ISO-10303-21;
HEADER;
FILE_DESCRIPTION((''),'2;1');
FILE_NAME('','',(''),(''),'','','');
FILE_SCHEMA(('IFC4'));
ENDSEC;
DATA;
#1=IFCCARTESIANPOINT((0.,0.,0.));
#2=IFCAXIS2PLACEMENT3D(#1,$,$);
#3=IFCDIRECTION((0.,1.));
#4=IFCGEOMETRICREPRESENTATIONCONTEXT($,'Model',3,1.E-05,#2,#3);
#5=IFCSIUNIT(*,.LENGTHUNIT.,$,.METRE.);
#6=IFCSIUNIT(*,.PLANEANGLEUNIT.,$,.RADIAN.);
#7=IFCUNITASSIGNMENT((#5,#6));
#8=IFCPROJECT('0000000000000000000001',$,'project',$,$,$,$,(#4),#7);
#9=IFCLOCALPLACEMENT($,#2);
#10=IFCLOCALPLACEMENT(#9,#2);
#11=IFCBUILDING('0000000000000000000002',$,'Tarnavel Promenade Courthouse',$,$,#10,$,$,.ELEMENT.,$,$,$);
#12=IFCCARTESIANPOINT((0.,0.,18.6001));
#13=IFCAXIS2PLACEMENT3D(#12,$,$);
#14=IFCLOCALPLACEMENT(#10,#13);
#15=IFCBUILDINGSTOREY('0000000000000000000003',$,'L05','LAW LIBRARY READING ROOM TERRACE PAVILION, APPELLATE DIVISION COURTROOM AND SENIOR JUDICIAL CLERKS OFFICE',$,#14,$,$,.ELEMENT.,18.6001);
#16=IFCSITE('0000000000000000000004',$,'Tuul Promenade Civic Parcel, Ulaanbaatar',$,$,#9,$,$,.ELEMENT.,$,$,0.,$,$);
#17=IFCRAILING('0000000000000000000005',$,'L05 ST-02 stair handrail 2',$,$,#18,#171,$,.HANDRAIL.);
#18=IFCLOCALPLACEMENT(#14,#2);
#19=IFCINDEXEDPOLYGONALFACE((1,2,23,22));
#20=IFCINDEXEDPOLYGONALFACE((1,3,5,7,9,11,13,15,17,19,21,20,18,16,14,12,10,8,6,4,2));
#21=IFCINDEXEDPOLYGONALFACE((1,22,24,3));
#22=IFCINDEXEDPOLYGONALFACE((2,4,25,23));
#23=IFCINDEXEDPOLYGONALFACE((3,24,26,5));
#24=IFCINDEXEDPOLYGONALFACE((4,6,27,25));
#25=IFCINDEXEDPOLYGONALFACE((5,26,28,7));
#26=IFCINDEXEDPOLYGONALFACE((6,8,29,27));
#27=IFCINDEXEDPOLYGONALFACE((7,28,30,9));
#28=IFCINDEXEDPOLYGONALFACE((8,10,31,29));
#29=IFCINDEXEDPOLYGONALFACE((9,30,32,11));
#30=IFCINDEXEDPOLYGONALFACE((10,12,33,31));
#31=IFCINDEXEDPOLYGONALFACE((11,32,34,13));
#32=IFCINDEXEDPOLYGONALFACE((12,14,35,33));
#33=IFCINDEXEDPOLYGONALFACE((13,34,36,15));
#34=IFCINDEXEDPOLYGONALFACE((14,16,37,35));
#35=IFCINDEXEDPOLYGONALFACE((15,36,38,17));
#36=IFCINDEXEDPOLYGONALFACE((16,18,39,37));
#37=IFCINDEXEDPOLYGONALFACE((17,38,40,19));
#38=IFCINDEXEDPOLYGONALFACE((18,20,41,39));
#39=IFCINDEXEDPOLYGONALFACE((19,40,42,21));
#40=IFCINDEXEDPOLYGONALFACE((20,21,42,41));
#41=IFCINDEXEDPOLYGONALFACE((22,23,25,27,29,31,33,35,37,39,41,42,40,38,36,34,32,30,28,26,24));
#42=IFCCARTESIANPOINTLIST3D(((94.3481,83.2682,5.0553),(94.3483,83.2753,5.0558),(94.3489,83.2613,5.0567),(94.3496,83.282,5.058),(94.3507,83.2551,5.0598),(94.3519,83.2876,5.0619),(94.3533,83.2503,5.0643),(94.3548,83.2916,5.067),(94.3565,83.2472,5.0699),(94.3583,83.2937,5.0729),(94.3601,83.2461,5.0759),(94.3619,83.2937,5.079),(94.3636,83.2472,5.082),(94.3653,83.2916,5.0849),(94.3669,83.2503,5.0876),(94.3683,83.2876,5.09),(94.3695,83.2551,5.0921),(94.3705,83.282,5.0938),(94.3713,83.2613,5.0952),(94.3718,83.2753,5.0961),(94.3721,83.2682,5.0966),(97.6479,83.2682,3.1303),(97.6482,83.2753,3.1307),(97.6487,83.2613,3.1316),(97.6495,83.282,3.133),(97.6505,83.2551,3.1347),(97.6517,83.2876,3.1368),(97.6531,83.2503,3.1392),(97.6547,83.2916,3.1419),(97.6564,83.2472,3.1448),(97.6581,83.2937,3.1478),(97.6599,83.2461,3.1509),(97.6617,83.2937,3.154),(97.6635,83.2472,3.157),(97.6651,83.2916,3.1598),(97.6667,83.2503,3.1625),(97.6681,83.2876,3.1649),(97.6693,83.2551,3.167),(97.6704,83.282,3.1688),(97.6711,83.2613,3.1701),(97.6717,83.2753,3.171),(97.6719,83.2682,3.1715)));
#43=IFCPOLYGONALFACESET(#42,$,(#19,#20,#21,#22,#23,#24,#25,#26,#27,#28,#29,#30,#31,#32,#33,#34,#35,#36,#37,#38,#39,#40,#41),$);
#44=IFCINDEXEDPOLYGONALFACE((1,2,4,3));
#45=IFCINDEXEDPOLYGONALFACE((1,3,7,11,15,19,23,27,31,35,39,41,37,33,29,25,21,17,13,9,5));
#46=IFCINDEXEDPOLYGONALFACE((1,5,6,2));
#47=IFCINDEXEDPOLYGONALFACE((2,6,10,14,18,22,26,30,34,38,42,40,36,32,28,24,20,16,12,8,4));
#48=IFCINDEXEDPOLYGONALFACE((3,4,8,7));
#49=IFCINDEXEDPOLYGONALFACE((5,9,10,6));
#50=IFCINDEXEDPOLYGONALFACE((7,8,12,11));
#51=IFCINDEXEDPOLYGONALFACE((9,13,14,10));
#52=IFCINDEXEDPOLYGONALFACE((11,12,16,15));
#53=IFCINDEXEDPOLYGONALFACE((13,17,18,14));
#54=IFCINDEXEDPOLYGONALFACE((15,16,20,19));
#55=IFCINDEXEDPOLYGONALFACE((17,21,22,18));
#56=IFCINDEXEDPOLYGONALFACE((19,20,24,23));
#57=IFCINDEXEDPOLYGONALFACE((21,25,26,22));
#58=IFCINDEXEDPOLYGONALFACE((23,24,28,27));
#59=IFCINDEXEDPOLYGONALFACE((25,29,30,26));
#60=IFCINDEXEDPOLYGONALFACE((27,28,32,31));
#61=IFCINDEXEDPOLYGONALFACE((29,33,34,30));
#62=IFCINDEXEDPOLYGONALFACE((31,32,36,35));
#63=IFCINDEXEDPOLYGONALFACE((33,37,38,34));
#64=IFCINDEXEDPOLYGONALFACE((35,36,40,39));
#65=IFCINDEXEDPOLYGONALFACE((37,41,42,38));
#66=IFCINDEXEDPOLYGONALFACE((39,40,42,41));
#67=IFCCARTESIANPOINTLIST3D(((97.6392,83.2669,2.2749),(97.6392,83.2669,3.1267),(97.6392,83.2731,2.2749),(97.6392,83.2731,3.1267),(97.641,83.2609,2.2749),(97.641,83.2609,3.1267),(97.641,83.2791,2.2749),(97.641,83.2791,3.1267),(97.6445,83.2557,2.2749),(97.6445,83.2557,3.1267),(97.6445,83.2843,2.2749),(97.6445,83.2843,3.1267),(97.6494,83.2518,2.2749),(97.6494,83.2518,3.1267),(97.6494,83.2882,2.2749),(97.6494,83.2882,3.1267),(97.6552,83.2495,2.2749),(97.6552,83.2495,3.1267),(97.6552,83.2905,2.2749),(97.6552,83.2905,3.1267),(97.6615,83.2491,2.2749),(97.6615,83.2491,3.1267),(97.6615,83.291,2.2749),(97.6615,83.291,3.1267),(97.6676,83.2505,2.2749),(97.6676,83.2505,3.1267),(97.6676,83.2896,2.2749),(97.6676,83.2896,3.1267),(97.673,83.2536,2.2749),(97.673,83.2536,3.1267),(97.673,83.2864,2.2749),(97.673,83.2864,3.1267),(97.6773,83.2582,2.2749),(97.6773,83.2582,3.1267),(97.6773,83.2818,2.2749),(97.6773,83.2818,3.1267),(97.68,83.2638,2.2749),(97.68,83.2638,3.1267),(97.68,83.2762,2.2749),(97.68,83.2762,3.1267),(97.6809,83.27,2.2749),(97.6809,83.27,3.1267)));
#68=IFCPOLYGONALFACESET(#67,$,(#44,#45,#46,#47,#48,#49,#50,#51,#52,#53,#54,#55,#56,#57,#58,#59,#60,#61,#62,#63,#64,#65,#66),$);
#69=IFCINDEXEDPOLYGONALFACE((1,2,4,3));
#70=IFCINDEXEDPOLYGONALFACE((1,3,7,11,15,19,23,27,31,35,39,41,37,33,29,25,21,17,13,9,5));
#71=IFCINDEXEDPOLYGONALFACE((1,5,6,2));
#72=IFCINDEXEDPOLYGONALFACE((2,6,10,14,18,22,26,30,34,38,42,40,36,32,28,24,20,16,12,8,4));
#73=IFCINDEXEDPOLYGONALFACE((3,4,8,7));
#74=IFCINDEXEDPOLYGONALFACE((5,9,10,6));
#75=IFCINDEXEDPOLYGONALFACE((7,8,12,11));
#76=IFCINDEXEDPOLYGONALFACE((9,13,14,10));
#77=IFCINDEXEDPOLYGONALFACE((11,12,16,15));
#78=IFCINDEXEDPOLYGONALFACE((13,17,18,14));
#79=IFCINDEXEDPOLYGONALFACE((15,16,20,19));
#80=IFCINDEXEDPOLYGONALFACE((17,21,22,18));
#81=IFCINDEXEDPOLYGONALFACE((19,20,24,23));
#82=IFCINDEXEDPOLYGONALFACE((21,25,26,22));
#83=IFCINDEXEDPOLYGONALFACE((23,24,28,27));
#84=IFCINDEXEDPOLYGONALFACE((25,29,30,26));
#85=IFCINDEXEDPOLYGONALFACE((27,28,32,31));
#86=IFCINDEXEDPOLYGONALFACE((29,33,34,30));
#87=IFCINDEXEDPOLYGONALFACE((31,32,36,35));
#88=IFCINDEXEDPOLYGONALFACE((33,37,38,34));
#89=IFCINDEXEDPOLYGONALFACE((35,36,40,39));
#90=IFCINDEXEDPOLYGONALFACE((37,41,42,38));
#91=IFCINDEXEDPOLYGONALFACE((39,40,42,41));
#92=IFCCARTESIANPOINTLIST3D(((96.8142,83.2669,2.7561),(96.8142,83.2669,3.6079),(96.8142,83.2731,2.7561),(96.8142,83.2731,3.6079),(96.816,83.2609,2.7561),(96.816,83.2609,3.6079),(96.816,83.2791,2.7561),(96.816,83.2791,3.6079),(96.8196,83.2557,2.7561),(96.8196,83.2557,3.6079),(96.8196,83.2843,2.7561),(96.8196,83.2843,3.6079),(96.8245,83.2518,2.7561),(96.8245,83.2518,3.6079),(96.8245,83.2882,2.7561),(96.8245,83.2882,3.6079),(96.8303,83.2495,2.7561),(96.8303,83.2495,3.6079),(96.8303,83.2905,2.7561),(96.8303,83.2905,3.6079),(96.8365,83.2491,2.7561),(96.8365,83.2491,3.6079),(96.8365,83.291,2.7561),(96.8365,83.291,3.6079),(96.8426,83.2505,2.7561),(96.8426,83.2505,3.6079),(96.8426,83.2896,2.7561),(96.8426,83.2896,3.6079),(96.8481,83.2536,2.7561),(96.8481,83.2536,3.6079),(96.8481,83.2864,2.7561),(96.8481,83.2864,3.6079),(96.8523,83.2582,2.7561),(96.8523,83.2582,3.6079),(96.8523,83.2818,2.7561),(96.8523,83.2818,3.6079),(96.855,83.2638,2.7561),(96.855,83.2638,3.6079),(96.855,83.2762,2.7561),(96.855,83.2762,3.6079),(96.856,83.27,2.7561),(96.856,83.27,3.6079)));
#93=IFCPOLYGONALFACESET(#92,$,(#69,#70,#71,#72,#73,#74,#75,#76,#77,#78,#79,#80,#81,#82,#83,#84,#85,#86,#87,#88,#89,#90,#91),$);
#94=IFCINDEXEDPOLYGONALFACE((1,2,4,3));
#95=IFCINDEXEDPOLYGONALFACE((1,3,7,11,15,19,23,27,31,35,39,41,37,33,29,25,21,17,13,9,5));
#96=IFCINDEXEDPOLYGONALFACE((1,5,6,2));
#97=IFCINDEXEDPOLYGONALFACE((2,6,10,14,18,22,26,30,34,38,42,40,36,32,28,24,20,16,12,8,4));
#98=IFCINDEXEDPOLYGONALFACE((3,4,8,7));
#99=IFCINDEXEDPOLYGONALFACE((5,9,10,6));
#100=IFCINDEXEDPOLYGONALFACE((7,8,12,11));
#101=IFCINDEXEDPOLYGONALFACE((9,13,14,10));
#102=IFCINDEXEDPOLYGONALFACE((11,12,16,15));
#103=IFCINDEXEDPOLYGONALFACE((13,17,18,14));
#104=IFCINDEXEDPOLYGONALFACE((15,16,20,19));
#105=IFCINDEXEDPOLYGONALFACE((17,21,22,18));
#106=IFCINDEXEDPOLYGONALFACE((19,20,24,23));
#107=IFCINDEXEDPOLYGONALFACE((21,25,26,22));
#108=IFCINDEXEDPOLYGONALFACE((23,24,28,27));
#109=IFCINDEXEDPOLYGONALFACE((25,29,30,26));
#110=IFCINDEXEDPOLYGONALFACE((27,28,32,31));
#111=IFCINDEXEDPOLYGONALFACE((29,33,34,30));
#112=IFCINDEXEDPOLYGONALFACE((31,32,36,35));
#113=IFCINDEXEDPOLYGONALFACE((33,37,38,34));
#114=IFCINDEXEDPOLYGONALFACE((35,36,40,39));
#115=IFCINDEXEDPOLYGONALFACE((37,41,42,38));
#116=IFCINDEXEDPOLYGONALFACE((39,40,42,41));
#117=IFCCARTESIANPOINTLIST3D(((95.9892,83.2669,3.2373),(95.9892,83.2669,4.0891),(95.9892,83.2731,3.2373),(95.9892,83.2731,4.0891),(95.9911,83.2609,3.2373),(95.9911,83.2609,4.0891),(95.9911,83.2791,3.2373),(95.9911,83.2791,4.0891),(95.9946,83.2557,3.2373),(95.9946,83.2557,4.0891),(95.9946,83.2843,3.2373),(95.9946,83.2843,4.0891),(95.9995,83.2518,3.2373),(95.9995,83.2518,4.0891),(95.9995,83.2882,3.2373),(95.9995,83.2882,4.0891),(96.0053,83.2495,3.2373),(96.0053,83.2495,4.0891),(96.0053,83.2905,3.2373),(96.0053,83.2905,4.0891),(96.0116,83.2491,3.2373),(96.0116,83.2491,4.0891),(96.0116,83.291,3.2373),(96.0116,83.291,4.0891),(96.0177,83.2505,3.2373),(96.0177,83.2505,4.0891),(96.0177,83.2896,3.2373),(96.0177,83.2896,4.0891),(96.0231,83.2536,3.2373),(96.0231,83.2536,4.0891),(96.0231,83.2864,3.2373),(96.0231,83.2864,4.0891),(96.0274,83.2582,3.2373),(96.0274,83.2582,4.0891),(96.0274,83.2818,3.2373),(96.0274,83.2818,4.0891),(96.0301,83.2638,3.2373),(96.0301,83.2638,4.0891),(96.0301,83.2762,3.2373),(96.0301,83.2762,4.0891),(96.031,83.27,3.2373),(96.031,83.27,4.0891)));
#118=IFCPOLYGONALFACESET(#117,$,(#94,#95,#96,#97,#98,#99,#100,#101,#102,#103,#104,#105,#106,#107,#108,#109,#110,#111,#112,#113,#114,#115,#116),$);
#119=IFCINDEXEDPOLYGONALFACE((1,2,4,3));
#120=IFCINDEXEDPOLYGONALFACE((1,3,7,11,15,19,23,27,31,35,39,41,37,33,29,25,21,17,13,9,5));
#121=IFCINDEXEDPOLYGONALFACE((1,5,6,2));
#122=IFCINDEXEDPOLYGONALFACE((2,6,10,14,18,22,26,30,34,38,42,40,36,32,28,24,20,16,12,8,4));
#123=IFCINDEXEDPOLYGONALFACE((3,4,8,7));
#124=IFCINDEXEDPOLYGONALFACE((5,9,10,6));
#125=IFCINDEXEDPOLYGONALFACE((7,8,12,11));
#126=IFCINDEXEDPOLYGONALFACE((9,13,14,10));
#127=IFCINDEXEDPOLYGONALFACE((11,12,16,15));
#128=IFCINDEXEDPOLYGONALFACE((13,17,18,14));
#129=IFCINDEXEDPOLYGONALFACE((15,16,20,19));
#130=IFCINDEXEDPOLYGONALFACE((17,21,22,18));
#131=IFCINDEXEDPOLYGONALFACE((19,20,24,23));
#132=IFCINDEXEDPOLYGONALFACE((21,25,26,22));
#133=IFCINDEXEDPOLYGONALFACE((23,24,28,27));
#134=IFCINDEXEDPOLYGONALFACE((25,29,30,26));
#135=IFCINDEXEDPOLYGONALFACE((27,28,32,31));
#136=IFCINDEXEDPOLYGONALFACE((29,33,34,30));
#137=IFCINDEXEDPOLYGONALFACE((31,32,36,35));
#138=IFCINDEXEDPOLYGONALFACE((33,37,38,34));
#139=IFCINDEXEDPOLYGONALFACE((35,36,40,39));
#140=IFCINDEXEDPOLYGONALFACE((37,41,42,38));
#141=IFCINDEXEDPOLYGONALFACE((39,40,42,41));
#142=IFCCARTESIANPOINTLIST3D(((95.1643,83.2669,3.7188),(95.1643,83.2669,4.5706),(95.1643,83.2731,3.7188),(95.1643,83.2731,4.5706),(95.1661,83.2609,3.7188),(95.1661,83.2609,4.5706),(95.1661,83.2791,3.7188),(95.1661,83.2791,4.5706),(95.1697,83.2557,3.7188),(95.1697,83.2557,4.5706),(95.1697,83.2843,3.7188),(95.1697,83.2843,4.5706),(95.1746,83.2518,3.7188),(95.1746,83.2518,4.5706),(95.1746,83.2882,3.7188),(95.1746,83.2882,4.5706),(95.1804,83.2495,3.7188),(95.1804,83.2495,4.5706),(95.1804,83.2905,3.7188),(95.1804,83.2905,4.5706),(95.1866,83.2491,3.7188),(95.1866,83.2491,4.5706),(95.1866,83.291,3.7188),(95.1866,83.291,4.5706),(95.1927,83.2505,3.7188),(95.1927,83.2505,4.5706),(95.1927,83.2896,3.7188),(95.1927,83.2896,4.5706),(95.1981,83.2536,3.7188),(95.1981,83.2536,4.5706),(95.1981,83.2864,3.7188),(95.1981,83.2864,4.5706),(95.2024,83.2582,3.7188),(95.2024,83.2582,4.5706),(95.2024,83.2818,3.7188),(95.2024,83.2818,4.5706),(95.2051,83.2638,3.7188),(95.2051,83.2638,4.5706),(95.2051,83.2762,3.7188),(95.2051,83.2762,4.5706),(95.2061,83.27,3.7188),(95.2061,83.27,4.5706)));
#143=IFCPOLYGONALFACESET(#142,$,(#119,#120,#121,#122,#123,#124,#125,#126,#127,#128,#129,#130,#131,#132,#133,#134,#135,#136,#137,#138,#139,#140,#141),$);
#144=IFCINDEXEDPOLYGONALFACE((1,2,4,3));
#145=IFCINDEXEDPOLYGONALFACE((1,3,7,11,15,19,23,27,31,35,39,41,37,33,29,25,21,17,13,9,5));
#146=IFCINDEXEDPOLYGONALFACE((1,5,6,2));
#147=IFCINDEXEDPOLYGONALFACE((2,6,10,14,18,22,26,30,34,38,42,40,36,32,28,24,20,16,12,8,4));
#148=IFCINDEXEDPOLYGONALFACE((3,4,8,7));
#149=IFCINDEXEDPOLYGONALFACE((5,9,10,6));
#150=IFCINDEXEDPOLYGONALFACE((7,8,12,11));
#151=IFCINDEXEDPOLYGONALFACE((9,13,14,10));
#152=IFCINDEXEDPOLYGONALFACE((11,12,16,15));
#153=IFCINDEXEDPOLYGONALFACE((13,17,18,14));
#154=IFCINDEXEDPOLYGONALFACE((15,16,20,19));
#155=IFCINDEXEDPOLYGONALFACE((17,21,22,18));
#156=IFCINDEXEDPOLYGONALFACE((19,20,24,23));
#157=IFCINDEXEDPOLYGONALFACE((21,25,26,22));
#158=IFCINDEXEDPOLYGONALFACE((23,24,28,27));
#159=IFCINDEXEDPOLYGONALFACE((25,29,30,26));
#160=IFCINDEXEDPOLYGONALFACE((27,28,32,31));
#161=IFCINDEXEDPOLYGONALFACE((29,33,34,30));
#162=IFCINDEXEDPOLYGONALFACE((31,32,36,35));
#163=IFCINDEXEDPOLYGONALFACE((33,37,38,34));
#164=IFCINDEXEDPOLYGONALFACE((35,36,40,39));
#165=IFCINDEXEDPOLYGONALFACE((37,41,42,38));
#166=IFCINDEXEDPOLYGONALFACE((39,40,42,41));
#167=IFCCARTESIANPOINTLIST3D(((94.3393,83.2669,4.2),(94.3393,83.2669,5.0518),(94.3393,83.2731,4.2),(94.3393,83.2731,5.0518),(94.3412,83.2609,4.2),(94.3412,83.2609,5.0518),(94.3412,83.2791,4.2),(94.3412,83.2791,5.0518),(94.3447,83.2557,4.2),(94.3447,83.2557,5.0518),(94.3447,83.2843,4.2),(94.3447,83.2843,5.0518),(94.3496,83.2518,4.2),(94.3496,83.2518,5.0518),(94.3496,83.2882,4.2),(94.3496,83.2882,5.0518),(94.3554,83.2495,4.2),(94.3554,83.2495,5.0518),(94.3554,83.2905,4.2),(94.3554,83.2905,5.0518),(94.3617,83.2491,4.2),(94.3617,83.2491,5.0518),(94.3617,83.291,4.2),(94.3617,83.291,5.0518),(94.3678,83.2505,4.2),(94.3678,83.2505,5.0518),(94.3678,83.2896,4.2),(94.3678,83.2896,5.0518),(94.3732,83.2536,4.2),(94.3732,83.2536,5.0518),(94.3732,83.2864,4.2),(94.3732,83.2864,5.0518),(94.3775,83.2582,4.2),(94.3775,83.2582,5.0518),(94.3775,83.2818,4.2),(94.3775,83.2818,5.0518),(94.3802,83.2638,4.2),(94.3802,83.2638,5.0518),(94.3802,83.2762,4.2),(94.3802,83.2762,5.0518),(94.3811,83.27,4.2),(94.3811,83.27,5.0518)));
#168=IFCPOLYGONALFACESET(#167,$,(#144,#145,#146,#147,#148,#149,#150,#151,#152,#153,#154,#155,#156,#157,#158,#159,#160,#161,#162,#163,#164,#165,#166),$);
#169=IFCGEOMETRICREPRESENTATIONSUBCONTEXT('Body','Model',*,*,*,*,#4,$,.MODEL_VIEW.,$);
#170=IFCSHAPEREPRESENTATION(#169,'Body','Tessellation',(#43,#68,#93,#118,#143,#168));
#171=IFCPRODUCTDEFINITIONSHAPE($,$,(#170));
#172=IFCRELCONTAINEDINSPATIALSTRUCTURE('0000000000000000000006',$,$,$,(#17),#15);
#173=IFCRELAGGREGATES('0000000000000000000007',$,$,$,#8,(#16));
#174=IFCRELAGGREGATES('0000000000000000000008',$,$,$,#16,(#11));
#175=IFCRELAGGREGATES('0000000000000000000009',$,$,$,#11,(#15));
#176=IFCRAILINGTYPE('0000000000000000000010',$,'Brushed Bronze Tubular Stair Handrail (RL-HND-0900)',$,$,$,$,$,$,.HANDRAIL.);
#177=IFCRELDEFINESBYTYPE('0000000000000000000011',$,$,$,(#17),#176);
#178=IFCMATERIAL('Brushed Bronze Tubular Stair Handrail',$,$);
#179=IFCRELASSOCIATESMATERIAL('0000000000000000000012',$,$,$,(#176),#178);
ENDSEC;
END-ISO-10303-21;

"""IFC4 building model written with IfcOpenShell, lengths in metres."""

from ifc_helpers import new_model, si_unit, direction, frame, origin, origin_2d, place, context, subcontext, project, spatial, circle, extrude, material, type_object, element, save


model = new_model("IFC4")

# Units and contexts
model_context = context("Model", 3, precision=1e-05, world=origin(), true_north=direction((0.0, 1.0)))
body_context = subcontext(model_context, "Body", "Model", "MODEL_VIEW")
ifc_project = project(units=[si_unit("LENGTHUNIT", "METRE"), si_unit("PLANEANGLEUNIT", "RADIAN")], contexts=[model_context])

# Site, building, storey
site_placement = place(None, origin())
site = spatial("IfcSite", under=ifc_project, at=site_placement, Name="Tuul Promenade Civic Parcel, Ulaanbaatar", CompositionType="ELEMENT", RefElevation=0.0)
building_placement = place(site_placement, origin())
building = spatial("IfcBuilding", under=site, at=building_placement, Name="Tarnavel Promenade Courthouse", CompositionType="ELEMENT")
storey_placement = place(building_placement, frame((0.0, 0.0, 18.6001)))
storey = spatial("IfcBuildingStorey", under=building, at=storey_placement, Name="L05", Description="LAW LIBRARY READING ROOM TERRACE PAVILION, APPELLATE DIVISION COURTROOM AND SENIOR JUDICIAL CLERKS OFFICE", CompositionType="ELEMENT", Elevation=18.6001)

# Railing
ifc_material_1 = material(Name="Brushed Bronze Tubular Stair Handrail")
railing_type_1 = type_object("IfcRailingType", Name="Brushed Bronze Tubular Stair Handrail (RL-HND-0900)", PredefinedType="HANDRAIL", material=ifc_material_1)
railing_1_placement = place(storey_placement, frame((97.6599, 83.27, 2.2749)))
element("IfcRailing", 1, at=railing_1_placement, inside=storey, type_object=railing_type_1, Name="L05 ST-02 stair handrail 2", PredefinedType="HANDRAIL", context=body_context, shape_type="SweptSolid", body=[
    extrude(circle(Radius=0.0239, at=origin_2d()), frame((0.0, 0.0, 0.876), z_axis=(-0.86376, 0.0, 0.503903), x_axis=(0.0, -1.0, 0.0)), (0.0, 0.0, 1.0), 3.8203),
    extrude(circle(Radius=0.021, at=origin_2d()), origin(), (0.0, 0.0, 1.0), 0.8518),
    extrude(circle(Radius=0.021, at=origin_2d()), frame((-0.825, 0.0, 0.4812)), (0.0, 0.0, 1.0), 0.8518),
    extrude(circle(Radius=0.021, at=origin_2d()), frame((-1.6499, 0.0, 0.9624)), (0.0, 0.0, 1.0), 0.8518),
    extrude(circle(Radius=0.021, at=origin_2d()), frame((-2.4749, 0.0, 1.4438)), (0.0, 0.0, 1.0), 0.8518),
    extrude(circle(Radius=0.021, at=origin_2d()), frame((-3.2998, 0.0, 1.925)), (0.0, 0.0, 1.0), 0.8518),
])

save(model, "model.ifc")
